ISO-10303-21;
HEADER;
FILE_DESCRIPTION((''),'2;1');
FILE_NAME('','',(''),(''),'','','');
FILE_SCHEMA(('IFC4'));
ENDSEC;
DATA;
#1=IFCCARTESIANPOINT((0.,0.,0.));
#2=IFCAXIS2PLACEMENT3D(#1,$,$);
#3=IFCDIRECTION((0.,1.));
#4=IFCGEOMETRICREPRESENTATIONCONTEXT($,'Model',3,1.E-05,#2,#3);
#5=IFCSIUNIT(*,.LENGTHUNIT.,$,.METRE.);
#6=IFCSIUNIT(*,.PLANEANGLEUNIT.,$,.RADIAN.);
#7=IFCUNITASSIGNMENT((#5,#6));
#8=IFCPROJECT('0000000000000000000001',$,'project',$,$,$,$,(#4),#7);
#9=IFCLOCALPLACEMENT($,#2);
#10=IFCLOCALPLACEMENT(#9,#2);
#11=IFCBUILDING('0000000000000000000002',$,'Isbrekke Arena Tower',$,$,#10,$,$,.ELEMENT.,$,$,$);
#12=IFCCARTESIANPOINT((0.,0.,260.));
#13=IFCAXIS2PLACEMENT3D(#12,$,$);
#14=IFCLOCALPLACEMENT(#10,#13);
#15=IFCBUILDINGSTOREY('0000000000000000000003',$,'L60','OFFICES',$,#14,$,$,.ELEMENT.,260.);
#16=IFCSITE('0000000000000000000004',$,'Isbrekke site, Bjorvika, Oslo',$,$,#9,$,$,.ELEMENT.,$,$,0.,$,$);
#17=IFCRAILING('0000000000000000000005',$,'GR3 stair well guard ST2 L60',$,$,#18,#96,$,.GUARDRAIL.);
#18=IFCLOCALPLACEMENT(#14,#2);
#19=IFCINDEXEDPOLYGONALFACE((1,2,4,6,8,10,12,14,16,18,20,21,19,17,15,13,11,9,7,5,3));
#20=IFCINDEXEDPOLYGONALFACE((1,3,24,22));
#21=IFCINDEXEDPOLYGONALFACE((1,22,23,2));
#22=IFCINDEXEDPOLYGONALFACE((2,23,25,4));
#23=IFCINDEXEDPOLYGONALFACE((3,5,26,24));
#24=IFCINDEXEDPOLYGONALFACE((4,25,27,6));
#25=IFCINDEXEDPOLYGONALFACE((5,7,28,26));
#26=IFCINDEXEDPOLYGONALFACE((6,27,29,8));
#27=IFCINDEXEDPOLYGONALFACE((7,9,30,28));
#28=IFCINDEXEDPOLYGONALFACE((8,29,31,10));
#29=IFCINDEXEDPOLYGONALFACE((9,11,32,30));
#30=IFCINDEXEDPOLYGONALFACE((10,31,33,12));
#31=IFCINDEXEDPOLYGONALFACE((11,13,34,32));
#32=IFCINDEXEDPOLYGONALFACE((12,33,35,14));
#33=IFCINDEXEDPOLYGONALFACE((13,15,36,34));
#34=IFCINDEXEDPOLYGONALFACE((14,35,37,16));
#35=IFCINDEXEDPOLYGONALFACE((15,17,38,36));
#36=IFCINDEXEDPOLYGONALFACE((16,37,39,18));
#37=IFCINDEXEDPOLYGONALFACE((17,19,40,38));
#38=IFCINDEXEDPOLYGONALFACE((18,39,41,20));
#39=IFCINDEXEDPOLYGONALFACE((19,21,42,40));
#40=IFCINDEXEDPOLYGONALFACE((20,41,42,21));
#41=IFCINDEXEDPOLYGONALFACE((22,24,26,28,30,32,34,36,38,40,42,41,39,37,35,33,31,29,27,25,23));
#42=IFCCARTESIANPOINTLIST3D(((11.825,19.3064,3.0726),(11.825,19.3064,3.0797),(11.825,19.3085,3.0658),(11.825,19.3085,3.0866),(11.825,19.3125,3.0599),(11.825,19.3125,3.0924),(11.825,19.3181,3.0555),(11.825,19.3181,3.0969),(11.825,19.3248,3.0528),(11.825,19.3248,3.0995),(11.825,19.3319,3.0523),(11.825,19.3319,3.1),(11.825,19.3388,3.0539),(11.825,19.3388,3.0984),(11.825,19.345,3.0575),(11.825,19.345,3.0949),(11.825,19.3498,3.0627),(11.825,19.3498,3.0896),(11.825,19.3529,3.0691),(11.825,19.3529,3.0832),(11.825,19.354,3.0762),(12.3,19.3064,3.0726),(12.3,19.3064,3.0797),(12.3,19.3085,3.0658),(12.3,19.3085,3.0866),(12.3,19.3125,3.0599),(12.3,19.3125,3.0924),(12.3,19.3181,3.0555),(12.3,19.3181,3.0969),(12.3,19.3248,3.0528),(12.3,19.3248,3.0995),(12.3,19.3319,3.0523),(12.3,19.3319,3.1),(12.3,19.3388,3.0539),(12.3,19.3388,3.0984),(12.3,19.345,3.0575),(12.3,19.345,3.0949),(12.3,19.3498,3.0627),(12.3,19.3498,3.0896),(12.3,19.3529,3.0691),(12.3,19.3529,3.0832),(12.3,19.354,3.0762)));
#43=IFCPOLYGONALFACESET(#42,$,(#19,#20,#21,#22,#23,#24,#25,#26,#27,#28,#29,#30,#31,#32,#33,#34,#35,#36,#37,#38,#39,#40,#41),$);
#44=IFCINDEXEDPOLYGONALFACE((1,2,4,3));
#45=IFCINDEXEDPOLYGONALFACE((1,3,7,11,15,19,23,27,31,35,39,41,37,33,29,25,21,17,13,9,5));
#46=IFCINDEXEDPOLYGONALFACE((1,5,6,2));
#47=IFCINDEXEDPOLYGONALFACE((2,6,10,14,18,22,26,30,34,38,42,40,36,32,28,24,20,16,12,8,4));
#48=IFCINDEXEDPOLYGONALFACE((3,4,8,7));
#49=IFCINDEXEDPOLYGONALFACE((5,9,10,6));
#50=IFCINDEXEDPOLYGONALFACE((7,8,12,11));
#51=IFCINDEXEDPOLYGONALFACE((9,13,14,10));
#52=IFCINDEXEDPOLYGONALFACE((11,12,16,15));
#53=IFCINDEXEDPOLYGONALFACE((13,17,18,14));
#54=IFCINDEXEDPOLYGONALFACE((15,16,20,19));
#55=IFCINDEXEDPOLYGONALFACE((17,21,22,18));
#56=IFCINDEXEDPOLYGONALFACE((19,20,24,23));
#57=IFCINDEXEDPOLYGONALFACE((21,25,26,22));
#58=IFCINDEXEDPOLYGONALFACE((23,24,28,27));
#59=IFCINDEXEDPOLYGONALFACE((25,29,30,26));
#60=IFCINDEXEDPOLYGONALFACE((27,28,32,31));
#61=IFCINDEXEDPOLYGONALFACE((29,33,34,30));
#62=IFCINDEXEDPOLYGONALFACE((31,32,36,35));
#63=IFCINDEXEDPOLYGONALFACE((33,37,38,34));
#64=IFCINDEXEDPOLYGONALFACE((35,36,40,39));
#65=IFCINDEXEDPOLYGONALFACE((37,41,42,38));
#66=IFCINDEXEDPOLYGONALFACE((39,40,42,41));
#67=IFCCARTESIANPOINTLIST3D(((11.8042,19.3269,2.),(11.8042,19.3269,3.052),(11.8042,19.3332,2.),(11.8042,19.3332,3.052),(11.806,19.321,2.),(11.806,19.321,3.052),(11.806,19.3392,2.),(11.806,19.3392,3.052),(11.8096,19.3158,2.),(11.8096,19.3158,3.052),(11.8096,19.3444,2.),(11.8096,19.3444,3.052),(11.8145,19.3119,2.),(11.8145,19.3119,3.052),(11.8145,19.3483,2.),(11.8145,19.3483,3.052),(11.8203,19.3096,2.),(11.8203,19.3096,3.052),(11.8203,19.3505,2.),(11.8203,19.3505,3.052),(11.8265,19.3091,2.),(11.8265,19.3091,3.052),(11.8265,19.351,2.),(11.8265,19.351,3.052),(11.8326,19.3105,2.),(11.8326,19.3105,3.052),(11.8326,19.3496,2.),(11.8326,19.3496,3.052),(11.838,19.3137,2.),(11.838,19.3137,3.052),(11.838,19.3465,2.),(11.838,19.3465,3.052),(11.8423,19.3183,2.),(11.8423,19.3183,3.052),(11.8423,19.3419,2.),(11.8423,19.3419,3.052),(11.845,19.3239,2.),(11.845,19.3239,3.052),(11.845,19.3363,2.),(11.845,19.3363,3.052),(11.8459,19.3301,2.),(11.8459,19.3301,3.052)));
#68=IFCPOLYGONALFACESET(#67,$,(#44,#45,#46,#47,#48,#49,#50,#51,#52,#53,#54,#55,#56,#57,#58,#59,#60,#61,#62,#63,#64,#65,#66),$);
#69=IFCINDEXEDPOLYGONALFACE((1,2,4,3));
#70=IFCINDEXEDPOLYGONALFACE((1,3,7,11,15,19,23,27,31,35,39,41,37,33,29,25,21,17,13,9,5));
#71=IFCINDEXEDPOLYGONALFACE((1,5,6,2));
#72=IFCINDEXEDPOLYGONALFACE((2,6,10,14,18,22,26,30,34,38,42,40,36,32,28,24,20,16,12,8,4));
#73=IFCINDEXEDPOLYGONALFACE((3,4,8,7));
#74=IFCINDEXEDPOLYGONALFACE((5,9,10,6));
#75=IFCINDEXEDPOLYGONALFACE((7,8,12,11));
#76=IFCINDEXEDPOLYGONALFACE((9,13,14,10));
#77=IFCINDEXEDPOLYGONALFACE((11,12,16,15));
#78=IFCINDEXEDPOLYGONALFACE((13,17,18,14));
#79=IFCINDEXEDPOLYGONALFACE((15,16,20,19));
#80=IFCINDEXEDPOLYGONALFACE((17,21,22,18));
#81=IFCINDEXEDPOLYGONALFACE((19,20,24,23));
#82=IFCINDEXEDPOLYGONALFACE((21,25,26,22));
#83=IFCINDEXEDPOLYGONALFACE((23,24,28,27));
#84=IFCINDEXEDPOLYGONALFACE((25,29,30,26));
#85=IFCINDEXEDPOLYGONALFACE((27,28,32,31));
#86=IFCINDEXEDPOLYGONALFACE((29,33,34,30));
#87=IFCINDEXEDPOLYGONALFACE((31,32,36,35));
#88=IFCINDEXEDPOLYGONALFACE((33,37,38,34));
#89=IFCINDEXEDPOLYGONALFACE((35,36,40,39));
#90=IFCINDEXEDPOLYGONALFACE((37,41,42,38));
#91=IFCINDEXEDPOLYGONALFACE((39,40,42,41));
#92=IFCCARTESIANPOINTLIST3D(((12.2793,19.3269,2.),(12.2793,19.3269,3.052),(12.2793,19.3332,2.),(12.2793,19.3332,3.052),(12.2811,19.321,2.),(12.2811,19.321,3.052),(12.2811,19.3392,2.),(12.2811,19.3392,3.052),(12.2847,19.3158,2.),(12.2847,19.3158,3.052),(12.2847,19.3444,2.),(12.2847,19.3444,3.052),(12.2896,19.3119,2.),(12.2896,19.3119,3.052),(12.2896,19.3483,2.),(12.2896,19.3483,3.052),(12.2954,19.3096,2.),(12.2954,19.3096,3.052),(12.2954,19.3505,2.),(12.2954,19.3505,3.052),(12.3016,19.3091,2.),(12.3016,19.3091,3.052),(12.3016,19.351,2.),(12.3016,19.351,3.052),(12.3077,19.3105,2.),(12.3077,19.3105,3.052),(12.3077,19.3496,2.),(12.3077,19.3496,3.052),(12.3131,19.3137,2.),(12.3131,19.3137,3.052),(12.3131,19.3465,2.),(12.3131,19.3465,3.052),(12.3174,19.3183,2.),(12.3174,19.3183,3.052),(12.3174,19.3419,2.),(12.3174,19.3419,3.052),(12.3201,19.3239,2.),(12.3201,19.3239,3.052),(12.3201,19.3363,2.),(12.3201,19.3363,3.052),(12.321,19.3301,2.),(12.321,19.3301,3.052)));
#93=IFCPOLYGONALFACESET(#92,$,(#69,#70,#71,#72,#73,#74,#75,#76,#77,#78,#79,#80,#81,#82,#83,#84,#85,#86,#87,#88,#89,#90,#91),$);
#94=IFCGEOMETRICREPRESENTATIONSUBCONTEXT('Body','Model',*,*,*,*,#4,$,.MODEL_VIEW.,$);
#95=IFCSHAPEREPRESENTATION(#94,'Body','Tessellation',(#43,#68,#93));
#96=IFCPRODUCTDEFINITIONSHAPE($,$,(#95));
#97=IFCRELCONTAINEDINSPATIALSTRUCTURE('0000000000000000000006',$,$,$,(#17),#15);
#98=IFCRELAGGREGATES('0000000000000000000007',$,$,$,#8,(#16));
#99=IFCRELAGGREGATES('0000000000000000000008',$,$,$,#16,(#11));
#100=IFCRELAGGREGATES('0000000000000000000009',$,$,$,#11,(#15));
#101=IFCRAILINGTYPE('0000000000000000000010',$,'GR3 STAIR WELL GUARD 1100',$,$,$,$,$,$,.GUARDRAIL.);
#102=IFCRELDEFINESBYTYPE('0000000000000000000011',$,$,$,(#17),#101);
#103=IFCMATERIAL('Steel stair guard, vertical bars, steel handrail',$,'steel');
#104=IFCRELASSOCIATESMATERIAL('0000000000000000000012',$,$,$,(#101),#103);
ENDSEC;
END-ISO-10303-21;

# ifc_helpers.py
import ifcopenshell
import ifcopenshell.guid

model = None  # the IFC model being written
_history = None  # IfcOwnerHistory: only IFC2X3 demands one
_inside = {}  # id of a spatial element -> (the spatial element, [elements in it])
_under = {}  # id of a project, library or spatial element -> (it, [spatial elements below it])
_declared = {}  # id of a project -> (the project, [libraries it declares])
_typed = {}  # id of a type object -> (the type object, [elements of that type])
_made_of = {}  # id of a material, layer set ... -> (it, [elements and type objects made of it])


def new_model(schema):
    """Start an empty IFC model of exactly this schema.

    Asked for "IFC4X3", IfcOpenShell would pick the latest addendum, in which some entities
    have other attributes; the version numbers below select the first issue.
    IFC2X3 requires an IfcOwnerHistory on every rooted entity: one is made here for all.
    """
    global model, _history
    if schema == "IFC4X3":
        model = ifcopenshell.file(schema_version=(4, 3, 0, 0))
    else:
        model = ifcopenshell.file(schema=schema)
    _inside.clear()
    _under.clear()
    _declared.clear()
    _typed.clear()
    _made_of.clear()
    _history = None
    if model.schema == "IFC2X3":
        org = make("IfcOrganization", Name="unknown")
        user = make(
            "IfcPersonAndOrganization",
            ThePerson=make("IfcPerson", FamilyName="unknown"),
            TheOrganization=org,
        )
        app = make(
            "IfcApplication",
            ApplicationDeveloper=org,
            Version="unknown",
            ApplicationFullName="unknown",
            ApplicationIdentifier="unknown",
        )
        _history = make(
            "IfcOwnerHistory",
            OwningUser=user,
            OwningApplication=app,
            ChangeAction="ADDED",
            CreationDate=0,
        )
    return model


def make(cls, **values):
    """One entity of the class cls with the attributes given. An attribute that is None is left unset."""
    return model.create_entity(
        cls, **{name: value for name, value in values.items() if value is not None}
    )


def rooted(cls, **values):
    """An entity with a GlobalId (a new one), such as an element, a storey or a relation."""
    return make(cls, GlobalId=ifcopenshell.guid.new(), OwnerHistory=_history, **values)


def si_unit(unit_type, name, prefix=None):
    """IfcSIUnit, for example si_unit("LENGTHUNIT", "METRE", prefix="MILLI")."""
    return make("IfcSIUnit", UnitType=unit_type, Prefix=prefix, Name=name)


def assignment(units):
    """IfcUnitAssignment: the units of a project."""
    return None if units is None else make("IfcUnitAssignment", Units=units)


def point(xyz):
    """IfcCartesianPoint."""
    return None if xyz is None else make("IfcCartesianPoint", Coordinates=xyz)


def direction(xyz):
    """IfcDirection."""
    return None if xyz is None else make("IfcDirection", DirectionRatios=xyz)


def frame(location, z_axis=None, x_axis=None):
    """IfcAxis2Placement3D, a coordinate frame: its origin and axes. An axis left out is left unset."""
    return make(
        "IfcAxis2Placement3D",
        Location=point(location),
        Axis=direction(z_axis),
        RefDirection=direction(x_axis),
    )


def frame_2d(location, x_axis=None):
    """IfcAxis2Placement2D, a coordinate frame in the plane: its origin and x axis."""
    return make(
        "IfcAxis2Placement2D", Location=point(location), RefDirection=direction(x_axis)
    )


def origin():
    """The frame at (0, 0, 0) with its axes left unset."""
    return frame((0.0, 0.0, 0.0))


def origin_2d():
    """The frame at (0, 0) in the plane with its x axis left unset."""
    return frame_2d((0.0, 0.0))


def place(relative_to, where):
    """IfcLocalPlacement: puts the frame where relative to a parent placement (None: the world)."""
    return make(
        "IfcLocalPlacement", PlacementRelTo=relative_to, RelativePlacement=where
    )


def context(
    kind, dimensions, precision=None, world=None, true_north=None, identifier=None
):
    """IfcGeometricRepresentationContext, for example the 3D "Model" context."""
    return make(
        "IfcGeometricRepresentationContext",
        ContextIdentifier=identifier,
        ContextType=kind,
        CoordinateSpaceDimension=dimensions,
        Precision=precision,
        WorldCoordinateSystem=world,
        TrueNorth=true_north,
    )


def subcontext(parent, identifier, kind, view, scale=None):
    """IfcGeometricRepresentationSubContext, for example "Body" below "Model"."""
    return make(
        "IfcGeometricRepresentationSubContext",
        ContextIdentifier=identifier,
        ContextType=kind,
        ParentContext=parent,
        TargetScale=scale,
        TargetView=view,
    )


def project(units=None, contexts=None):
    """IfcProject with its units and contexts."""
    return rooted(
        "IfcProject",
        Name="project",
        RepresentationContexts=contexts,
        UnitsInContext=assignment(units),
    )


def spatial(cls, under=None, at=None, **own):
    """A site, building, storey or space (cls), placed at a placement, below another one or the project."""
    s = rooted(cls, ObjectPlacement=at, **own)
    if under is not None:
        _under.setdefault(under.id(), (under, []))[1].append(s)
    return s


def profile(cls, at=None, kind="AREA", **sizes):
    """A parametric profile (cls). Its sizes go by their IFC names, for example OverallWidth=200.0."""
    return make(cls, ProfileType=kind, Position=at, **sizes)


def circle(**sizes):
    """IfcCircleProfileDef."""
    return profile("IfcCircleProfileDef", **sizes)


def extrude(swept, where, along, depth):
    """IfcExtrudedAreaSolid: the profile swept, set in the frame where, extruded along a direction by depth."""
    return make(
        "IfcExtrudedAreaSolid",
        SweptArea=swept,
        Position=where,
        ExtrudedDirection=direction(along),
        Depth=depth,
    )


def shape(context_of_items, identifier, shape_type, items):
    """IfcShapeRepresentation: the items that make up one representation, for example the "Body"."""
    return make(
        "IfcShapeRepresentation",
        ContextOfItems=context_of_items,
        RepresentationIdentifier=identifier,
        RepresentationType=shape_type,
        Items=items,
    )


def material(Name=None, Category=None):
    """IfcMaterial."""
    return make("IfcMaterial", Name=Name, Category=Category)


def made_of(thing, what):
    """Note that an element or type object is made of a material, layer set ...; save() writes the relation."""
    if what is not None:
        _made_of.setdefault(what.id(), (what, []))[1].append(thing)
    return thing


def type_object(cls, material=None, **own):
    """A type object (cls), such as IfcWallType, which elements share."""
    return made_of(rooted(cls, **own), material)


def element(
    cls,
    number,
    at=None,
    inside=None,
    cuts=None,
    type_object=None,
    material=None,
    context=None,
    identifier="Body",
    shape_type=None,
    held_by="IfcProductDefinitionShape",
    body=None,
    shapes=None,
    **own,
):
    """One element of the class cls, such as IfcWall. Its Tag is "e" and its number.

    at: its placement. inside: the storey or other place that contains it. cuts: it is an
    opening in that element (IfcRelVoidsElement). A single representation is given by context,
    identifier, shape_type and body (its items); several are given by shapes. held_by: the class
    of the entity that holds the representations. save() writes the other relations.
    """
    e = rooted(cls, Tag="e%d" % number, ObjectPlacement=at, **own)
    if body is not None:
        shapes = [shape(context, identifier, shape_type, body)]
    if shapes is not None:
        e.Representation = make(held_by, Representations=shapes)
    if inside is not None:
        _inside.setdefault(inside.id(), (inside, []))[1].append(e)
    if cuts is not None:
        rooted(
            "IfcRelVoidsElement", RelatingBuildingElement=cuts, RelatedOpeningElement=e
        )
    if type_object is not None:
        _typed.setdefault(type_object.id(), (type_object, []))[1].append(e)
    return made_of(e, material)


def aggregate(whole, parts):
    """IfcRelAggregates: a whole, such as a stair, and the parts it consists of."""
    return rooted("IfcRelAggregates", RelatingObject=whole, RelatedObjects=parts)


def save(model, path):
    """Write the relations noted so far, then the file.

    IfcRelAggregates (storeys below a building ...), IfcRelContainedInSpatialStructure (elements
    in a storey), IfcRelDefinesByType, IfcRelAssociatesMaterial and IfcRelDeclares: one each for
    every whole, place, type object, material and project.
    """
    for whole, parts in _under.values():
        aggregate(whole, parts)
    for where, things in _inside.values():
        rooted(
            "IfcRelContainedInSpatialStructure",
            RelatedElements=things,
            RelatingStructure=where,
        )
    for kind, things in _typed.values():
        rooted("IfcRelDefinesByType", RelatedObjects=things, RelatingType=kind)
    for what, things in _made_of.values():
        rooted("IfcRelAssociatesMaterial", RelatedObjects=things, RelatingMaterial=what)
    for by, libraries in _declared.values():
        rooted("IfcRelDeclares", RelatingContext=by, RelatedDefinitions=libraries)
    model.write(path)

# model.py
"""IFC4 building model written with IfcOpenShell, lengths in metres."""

from ifc_helpers import new_model, si_unit, direction, frame, origin, origin_2d, place, context, subcontext, project, spatial, circle, extrude, material, type_object, element, save


model = new_model("IFC4")

# Units and contexts
model_context = context("Model", 3, precision=1e-05, world=origin(), true_north=direction((0.0, 1.0)))
body_context = subcontext(model_context, "Body", "Model", "MODEL_VIEW")
ifc_project = project(units=[si_unit("LENGTHUNIT", "METRE"), si_unit("PLANEANGLEUNIT", "RADIAN")], contexts=[model_context])

# Site, building, storey
site_placement = place(None, origin())
site = spatial("IfcSite", under=ifc_project, at=site_placement, Name="Isbrekke site, Bjorvika, Oslo", CompositionType="ELEMENT", RefElevation=0.0)
building_placement = place(site_placement, origin())
building = spatial("IfcBuilding", under=site, at=building_placement, Name="Isbrekke Arena Tower", CompositionType="ELEMENT")
storey_placement = place(building_placement, frame((0.0, 0.0, 260.0)))
storey = spatial("IfcBuildingStorey", under=building, at=storey_placement, Name="L60", Description="OFFICES", CompositionType="ELEMENT", Elevation=260.0)

# Railing
ifc_material_1 = material(Name="Steel stair guard, vertical bars, steel handrail", Category="steel")
railing_type = type_object("IfcRailingType", Name="GR3 STAIR WELL GUARD 1100", PredefinedType="GUARDRAIL", material=ifc_material_1)
for number, where, name in (
    (1, (11.825, 19.3301, 2.0), "GR3 stair well guard ST2 L60"),
):
    element("IfcRailing", number, at=place(storey_placement, frame(where)), inside=storey, type_object=railing_type, Name=name, PredefinedType="GUARDRAIL", context=body_context, shape_type="SweptSolid", body=[
        extrude(circle(Radius=0.0239, at=origin_2d()), frame((0.0, 0.0, 1.0762), z_axis=(1.0, 0.0, 0.0), x_axis=(0.0, 1.0, 0.0)), (0.0, 0.0, 1.0), 0.4751),
        extrude(circle(Radius=0.021, at=origin_2d()), origin(), (0.0, 0.0, 1.0), 1.052),
        extrude(circle(Radius=0.021, at=origin_2d()), frame((0.4751, 0.0, 0.0)), (0.0, 0.0, 1.0), 1.052),
    ])

save(model, "model.ifc")
